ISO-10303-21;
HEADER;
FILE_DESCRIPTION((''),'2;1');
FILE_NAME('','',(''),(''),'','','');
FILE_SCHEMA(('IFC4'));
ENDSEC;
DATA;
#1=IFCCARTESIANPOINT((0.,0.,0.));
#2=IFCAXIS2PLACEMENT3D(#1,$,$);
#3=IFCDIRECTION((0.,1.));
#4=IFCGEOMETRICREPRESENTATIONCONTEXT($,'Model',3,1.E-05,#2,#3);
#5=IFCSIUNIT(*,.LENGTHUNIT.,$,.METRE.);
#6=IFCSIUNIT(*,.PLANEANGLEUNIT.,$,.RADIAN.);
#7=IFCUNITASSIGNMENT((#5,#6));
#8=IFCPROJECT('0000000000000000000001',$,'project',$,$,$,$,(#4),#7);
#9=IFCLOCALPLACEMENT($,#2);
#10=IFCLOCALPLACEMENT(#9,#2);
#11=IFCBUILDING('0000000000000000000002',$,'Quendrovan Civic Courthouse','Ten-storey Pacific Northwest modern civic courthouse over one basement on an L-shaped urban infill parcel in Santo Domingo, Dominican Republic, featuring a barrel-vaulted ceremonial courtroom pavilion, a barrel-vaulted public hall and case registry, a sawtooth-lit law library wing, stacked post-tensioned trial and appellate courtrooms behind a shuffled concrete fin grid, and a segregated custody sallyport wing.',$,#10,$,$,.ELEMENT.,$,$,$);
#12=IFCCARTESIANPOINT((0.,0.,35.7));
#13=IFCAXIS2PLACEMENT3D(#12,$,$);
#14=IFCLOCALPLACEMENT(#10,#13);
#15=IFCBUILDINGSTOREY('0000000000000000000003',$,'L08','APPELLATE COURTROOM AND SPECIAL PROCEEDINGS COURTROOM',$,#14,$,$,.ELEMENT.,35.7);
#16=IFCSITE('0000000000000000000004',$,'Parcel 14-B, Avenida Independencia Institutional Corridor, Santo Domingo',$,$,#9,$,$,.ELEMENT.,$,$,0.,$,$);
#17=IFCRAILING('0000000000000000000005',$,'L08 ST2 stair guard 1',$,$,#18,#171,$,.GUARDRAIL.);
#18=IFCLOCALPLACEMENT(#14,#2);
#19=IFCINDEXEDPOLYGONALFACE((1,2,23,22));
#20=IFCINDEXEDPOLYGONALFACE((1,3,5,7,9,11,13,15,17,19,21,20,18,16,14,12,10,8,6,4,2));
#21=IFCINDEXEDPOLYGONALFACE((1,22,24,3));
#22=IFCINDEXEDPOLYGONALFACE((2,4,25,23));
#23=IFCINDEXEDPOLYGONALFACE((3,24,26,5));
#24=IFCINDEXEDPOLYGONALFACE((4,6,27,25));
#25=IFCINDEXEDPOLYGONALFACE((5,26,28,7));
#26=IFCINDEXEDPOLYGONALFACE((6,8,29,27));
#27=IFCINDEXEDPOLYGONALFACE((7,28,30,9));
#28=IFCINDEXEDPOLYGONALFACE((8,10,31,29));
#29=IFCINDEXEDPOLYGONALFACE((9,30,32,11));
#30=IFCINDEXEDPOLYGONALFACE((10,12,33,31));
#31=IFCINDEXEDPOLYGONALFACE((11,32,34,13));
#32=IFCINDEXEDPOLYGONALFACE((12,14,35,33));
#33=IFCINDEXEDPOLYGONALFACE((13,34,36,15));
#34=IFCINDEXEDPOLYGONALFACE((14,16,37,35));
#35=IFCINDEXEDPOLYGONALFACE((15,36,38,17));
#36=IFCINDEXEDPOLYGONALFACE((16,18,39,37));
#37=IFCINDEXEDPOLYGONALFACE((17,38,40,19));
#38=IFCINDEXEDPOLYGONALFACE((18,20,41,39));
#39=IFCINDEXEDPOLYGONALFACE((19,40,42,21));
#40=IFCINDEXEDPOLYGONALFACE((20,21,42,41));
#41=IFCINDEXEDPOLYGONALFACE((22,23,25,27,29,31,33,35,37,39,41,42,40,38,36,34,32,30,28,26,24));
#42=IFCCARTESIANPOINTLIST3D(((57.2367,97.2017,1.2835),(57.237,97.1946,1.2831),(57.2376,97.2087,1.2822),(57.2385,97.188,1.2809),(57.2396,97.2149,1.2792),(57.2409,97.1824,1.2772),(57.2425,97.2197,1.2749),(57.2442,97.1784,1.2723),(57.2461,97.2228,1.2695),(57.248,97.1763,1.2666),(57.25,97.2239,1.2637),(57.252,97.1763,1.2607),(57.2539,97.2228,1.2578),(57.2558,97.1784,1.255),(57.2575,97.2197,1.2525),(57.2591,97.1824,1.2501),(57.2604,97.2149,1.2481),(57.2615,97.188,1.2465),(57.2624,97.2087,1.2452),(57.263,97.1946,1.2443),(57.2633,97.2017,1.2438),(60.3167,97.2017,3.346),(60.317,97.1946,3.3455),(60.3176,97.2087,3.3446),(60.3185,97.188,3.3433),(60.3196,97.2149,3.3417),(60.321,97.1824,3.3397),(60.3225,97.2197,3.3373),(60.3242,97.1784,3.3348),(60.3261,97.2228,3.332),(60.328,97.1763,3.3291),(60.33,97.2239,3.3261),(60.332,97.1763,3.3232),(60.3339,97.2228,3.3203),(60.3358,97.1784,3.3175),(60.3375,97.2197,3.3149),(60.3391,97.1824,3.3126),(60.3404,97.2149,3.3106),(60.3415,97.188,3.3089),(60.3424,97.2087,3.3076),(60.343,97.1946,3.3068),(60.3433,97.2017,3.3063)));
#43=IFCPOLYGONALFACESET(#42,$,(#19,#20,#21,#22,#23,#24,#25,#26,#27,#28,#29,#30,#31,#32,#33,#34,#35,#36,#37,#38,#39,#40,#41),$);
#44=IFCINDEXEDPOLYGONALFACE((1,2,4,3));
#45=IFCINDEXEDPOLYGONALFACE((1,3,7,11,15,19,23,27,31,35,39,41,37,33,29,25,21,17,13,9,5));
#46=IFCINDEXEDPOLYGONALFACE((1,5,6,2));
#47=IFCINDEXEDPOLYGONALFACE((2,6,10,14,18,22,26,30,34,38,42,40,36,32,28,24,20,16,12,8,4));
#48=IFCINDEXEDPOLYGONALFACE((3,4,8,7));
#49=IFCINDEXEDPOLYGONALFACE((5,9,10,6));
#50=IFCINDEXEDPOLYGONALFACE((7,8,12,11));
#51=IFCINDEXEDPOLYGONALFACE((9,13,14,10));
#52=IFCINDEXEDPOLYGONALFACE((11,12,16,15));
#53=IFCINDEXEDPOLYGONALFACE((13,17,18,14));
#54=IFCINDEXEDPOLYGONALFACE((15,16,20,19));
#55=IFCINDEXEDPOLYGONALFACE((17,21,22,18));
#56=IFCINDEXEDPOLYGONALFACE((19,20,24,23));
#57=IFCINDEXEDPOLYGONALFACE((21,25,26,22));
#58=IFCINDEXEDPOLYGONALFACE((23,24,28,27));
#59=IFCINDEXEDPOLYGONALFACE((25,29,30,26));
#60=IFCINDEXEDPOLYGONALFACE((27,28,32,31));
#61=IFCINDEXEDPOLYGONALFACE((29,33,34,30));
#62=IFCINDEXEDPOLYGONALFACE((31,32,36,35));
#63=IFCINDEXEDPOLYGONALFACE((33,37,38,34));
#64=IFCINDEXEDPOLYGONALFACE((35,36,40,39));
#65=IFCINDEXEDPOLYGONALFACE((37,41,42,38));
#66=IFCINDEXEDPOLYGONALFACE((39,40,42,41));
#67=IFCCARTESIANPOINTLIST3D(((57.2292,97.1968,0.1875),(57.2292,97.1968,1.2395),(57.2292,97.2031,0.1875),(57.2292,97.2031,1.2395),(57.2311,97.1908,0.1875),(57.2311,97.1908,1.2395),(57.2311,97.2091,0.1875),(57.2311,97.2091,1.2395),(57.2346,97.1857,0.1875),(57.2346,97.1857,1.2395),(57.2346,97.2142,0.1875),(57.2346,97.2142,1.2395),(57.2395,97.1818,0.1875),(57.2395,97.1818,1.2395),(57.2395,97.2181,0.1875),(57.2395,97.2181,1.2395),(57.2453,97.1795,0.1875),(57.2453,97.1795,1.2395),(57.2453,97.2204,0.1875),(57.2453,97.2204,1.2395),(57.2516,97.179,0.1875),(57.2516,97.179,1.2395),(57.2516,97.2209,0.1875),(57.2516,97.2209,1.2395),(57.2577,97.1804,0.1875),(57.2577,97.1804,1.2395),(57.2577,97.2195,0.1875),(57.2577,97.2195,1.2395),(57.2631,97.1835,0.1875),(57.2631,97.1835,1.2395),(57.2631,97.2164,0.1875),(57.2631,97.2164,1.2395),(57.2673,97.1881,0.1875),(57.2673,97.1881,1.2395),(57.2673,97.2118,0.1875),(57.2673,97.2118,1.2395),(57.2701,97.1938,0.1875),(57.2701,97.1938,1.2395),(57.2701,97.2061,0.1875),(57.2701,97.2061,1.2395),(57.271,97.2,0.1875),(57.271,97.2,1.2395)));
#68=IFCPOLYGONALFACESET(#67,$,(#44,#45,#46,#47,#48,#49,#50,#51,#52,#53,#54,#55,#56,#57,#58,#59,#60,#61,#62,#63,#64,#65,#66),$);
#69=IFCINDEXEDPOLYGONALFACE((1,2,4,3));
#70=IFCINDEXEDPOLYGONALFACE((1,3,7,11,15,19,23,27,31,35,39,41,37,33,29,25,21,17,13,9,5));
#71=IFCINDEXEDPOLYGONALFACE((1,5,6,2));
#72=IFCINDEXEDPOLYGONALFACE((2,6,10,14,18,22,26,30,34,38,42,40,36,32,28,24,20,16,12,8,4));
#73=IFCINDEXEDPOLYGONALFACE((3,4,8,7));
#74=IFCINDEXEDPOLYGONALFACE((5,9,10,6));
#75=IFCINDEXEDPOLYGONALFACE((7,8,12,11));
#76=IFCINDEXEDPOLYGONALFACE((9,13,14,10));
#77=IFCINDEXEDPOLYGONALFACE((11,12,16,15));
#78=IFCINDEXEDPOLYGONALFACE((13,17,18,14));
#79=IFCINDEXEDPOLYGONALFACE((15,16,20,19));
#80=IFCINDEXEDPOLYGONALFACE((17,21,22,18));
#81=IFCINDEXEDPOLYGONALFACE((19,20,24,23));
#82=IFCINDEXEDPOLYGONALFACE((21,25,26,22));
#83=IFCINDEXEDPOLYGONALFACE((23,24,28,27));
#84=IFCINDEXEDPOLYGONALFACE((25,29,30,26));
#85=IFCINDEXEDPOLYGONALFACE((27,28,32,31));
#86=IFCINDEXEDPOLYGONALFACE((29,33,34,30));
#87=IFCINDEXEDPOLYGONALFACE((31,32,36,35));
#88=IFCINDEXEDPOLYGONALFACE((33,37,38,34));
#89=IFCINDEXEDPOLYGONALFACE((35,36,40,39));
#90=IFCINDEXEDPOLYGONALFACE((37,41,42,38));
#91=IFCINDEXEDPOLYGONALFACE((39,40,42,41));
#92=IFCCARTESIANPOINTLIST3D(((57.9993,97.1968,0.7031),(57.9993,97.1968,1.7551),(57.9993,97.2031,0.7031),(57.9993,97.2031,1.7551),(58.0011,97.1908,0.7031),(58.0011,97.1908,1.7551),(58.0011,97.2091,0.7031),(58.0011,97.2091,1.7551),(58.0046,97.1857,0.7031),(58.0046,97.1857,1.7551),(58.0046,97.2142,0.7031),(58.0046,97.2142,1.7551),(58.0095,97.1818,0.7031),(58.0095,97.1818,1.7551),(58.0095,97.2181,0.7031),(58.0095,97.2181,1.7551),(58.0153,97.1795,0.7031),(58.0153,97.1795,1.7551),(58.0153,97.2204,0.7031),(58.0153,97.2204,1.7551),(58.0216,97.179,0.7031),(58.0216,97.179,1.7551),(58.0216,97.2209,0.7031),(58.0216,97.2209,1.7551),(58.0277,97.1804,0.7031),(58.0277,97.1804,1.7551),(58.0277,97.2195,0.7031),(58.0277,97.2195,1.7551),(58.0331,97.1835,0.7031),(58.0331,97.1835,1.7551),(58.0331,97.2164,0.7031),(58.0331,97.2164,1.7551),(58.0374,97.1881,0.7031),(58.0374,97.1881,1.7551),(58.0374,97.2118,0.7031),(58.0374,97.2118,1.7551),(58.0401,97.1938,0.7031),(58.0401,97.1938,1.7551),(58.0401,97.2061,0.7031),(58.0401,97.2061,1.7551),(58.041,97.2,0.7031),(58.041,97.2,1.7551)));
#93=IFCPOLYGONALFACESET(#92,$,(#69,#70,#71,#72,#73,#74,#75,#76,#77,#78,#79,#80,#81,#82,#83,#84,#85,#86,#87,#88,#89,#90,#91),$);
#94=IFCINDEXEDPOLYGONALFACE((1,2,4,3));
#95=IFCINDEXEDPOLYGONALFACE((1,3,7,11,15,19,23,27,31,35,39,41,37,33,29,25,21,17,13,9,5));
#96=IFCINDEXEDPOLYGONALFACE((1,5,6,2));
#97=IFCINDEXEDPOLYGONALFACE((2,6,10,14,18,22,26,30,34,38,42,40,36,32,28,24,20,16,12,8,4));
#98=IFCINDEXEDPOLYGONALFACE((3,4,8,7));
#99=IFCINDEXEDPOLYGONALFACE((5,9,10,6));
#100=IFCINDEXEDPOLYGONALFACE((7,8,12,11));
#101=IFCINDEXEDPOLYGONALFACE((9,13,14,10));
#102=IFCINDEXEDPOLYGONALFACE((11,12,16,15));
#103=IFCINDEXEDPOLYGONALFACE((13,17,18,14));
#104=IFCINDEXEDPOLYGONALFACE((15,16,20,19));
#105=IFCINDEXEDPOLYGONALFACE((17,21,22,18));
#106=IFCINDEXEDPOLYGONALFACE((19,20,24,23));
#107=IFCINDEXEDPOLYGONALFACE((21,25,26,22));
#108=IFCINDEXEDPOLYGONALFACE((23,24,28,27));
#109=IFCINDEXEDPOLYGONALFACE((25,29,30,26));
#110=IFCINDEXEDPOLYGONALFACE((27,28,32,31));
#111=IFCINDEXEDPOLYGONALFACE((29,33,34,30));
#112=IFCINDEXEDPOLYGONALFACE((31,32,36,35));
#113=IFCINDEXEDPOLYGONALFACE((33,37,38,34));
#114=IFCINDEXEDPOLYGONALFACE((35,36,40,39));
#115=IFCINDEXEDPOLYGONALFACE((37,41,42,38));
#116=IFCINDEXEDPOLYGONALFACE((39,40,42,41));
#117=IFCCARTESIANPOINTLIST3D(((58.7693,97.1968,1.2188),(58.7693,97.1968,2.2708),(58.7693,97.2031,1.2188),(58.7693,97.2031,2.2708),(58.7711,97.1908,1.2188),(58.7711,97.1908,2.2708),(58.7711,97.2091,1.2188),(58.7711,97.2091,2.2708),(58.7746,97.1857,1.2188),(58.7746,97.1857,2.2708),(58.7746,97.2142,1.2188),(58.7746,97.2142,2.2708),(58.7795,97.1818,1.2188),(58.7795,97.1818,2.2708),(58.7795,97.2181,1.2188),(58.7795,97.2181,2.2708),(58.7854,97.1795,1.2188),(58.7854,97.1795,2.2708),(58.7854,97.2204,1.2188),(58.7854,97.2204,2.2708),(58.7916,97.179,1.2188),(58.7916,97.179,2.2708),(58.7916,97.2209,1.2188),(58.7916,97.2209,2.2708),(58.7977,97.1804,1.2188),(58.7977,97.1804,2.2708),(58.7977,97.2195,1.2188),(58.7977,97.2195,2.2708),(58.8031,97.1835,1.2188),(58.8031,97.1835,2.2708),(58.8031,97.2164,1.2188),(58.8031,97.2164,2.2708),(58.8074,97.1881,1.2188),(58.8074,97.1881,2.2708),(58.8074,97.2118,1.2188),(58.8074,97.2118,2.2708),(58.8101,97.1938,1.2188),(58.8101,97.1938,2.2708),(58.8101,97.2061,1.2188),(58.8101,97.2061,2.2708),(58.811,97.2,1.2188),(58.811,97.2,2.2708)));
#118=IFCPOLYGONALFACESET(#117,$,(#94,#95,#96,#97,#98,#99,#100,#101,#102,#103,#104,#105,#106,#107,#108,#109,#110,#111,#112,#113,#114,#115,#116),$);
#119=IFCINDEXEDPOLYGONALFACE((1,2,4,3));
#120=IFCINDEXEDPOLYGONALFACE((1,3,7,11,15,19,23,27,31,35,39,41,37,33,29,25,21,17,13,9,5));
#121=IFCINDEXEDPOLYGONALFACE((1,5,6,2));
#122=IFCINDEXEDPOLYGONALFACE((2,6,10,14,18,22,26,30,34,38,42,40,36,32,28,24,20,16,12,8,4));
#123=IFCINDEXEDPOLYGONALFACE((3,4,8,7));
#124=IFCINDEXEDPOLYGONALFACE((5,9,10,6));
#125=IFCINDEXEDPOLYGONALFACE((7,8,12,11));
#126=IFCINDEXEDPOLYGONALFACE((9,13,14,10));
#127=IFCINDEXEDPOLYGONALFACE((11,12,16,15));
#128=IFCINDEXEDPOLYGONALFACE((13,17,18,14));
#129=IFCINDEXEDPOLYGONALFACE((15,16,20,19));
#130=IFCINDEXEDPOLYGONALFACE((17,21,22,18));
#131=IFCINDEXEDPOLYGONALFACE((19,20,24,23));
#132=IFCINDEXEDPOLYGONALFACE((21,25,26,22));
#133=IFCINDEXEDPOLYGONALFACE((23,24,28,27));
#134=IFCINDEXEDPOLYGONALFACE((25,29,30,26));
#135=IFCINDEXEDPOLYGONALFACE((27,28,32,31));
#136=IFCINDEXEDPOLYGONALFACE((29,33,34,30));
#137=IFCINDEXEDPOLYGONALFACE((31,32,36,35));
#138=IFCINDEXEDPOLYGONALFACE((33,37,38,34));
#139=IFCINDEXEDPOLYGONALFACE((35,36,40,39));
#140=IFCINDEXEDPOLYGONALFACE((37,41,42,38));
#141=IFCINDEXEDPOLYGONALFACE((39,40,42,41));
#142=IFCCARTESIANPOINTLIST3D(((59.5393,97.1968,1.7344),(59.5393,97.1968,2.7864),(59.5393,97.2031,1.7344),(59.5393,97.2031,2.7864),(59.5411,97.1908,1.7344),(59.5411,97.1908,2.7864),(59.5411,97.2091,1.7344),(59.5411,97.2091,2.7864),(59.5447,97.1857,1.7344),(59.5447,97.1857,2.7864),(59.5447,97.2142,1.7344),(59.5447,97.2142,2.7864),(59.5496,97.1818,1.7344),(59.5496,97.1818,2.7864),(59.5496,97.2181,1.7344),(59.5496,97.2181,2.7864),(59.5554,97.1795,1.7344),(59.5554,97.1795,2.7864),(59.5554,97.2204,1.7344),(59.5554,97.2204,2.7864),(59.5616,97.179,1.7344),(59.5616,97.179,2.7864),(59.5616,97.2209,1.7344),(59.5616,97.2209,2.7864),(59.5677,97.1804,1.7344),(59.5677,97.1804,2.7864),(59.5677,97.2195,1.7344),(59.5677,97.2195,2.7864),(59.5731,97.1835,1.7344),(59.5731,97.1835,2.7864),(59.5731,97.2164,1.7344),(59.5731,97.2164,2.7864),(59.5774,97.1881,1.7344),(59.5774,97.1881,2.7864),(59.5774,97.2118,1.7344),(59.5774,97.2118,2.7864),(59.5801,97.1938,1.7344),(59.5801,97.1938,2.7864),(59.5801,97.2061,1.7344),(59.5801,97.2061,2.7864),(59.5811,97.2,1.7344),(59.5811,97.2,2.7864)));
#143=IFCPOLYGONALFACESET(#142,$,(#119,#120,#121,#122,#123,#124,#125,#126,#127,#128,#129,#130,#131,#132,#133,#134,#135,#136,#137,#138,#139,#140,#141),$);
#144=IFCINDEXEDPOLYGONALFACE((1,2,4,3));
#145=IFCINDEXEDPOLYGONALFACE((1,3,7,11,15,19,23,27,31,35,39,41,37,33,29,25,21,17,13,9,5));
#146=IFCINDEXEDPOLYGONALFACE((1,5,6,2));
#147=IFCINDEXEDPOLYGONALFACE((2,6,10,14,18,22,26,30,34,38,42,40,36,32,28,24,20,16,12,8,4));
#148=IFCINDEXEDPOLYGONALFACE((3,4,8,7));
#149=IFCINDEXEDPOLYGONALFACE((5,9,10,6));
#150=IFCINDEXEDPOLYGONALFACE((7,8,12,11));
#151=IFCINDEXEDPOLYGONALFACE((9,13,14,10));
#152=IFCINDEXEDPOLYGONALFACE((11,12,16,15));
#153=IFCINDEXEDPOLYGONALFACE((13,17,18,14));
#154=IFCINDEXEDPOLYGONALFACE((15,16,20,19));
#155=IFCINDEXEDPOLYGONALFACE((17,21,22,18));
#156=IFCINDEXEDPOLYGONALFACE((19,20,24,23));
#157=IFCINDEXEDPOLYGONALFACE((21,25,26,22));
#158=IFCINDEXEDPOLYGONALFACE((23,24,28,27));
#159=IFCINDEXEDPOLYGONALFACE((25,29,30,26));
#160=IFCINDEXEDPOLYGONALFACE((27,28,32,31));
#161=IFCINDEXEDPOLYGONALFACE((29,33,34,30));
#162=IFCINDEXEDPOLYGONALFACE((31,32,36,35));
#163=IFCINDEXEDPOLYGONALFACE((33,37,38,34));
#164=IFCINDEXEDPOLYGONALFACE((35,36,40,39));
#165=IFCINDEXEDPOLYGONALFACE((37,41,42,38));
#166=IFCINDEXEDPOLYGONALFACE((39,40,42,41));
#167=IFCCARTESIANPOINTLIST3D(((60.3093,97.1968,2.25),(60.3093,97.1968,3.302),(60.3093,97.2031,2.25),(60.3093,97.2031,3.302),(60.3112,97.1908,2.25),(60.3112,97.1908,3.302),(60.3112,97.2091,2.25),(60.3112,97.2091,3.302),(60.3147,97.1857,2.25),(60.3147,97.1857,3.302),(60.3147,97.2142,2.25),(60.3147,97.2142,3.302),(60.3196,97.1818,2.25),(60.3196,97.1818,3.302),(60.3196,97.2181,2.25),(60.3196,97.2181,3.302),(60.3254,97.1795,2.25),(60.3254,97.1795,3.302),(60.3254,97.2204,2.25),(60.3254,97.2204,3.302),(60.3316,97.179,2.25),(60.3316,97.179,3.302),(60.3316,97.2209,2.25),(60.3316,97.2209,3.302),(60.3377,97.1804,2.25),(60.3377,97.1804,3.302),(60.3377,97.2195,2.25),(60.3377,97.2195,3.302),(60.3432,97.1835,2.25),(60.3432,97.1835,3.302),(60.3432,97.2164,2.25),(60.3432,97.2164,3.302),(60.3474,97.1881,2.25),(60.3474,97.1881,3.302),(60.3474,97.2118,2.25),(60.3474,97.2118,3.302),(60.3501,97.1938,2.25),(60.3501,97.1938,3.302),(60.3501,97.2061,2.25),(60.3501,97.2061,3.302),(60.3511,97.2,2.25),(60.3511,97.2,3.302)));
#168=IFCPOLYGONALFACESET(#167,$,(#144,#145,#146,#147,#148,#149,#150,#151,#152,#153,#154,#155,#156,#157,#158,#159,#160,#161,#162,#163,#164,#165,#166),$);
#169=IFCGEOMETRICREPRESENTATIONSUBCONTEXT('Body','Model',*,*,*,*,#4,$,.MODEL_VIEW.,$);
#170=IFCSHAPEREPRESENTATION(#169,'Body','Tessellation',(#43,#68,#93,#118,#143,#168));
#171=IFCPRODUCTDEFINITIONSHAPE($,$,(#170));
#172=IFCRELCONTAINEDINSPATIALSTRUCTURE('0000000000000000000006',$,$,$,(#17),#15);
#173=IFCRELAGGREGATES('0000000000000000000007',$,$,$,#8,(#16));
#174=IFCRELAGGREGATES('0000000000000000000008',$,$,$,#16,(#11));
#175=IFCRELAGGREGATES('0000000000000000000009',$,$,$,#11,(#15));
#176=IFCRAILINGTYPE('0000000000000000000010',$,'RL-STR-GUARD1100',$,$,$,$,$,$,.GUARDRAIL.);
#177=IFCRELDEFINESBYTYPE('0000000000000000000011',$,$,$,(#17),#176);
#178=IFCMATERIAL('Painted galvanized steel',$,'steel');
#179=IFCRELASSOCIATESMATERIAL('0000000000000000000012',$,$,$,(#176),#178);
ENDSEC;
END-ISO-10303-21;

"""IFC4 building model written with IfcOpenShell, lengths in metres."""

from ifc_helpers import new_model, si_unit, direction, frame, origin, origin_2d, place, context, subcontext, project, spatial, circle, extrude, material, type_object, element, save


model = new_model("IFC4")

# Units and contexts
model_context = context("Model", 3, precision=1e-05, world=origin(), true_north=direction((0.0, 1.0)))
body_context = subcontext(model_context, "Body", "Model", "MODEL_VIEW")
ifc_project = project(units=[si_unit("LENGTHUNIT", "METRE"), si_unit("PLANEANGLEUNIT", "RADIAN")], contexts=[model_context])

# Site, building, storey
site_placement = place(None, origin())
site = spatial("IfcSite", under=ifc_project, at=site_placement, Name="Parcel 14-B, Avenida Independencia Institutional Corridor, Santo Domingo", CompositionType="ELEMENT", RefElevation=0.0)
building_placement = place(site_placement, origin())
building = spatial("IfcBuilding", under=site, at=building_placement, Name="Quendrovan Civic Courthouse", Description="Ten-storey Pacific Northwest modern civic courthouse over one basement on an L-shaped urban infill parcel in Santo Domingo, Dominican Republic, featuring a barrel-vaulted ceremonial courtroom pavilion, a barrel-vaulted public hall and case registry, a sawtooth-lit law library wing, stacked post-tensioned trial and appellate courtrooms behind a shuffled concrete fin grid, and a segregated custody sallyport wing.", CompositionType="ELEMENT")
storey_placement = place(building_placement, frame((0.0, 0.0, 35.7)))
storey = spatial("IfcBuildingStorey", under=building, at=storey_placement, Name="L08", Description="APPELLATE COURTROOM AND SPECIAL PROCEEDINGS COURTROOM", CompositionType="ELEMENT", Elevation=35.7)

# Railing
ifc_material_1 = material(Name="Painted galvanized steel", Category="steel")
railing_type = type_object("IfcRailingType", Name="RL-STR-GUARD1100", PredefinedType="GUARDRAIL", material=ifc_material_1)
railing_1_placement = place(storey_placement, frame((57.25, 97.2, 0.1875)))
element("IfcRailing", 1, at=railing_1_placement, inside=storey, type_object=railing_type, Name="L08 ST2 stair guard 1", PredefinedType="GUARDRAIL", context=body_context, shape_type="SweptSolid", body=[
    extrude(circle(Radius=0.0239, at=origin_2d()), frame((0.0, 0.0, 1.0762), z_axis=(0.830914, 0.0, 0.556401), x_axis=(0.0, 1.0, 0.0)), (0.0, 0.0, 1.0), 3.7068),
    extrude(circle(Radius=0.021, at=origin_2d()), origin(), (0.0, 0.0, 1.0), 1.052),
    extrude(circle(Radius=0.021, at=origin_2d()), frame((0.77, 0.0, 0.5156)), (0.0, 0.0, 1.0), 1.052),
    extrude(circle(Radius=0.021, at=origin_2d()), frame((1.54, 0.0, 1.0312)), (0.0, 0.0, 1.0), 1.052),
    extrude(circle(Radius=0.021, at=origin_2d()), frame((2.3101, 0.0, 1.5469)), (0.0, 0.0, 1.0), 1.052),
    extrude(circle(Radius=0.021, at=origin_2d()), frame((3.0801, 0.0, 2.0625)), (0.0, 0.0, 1.0), 1.052),
])

save(model, "model.ifc")
